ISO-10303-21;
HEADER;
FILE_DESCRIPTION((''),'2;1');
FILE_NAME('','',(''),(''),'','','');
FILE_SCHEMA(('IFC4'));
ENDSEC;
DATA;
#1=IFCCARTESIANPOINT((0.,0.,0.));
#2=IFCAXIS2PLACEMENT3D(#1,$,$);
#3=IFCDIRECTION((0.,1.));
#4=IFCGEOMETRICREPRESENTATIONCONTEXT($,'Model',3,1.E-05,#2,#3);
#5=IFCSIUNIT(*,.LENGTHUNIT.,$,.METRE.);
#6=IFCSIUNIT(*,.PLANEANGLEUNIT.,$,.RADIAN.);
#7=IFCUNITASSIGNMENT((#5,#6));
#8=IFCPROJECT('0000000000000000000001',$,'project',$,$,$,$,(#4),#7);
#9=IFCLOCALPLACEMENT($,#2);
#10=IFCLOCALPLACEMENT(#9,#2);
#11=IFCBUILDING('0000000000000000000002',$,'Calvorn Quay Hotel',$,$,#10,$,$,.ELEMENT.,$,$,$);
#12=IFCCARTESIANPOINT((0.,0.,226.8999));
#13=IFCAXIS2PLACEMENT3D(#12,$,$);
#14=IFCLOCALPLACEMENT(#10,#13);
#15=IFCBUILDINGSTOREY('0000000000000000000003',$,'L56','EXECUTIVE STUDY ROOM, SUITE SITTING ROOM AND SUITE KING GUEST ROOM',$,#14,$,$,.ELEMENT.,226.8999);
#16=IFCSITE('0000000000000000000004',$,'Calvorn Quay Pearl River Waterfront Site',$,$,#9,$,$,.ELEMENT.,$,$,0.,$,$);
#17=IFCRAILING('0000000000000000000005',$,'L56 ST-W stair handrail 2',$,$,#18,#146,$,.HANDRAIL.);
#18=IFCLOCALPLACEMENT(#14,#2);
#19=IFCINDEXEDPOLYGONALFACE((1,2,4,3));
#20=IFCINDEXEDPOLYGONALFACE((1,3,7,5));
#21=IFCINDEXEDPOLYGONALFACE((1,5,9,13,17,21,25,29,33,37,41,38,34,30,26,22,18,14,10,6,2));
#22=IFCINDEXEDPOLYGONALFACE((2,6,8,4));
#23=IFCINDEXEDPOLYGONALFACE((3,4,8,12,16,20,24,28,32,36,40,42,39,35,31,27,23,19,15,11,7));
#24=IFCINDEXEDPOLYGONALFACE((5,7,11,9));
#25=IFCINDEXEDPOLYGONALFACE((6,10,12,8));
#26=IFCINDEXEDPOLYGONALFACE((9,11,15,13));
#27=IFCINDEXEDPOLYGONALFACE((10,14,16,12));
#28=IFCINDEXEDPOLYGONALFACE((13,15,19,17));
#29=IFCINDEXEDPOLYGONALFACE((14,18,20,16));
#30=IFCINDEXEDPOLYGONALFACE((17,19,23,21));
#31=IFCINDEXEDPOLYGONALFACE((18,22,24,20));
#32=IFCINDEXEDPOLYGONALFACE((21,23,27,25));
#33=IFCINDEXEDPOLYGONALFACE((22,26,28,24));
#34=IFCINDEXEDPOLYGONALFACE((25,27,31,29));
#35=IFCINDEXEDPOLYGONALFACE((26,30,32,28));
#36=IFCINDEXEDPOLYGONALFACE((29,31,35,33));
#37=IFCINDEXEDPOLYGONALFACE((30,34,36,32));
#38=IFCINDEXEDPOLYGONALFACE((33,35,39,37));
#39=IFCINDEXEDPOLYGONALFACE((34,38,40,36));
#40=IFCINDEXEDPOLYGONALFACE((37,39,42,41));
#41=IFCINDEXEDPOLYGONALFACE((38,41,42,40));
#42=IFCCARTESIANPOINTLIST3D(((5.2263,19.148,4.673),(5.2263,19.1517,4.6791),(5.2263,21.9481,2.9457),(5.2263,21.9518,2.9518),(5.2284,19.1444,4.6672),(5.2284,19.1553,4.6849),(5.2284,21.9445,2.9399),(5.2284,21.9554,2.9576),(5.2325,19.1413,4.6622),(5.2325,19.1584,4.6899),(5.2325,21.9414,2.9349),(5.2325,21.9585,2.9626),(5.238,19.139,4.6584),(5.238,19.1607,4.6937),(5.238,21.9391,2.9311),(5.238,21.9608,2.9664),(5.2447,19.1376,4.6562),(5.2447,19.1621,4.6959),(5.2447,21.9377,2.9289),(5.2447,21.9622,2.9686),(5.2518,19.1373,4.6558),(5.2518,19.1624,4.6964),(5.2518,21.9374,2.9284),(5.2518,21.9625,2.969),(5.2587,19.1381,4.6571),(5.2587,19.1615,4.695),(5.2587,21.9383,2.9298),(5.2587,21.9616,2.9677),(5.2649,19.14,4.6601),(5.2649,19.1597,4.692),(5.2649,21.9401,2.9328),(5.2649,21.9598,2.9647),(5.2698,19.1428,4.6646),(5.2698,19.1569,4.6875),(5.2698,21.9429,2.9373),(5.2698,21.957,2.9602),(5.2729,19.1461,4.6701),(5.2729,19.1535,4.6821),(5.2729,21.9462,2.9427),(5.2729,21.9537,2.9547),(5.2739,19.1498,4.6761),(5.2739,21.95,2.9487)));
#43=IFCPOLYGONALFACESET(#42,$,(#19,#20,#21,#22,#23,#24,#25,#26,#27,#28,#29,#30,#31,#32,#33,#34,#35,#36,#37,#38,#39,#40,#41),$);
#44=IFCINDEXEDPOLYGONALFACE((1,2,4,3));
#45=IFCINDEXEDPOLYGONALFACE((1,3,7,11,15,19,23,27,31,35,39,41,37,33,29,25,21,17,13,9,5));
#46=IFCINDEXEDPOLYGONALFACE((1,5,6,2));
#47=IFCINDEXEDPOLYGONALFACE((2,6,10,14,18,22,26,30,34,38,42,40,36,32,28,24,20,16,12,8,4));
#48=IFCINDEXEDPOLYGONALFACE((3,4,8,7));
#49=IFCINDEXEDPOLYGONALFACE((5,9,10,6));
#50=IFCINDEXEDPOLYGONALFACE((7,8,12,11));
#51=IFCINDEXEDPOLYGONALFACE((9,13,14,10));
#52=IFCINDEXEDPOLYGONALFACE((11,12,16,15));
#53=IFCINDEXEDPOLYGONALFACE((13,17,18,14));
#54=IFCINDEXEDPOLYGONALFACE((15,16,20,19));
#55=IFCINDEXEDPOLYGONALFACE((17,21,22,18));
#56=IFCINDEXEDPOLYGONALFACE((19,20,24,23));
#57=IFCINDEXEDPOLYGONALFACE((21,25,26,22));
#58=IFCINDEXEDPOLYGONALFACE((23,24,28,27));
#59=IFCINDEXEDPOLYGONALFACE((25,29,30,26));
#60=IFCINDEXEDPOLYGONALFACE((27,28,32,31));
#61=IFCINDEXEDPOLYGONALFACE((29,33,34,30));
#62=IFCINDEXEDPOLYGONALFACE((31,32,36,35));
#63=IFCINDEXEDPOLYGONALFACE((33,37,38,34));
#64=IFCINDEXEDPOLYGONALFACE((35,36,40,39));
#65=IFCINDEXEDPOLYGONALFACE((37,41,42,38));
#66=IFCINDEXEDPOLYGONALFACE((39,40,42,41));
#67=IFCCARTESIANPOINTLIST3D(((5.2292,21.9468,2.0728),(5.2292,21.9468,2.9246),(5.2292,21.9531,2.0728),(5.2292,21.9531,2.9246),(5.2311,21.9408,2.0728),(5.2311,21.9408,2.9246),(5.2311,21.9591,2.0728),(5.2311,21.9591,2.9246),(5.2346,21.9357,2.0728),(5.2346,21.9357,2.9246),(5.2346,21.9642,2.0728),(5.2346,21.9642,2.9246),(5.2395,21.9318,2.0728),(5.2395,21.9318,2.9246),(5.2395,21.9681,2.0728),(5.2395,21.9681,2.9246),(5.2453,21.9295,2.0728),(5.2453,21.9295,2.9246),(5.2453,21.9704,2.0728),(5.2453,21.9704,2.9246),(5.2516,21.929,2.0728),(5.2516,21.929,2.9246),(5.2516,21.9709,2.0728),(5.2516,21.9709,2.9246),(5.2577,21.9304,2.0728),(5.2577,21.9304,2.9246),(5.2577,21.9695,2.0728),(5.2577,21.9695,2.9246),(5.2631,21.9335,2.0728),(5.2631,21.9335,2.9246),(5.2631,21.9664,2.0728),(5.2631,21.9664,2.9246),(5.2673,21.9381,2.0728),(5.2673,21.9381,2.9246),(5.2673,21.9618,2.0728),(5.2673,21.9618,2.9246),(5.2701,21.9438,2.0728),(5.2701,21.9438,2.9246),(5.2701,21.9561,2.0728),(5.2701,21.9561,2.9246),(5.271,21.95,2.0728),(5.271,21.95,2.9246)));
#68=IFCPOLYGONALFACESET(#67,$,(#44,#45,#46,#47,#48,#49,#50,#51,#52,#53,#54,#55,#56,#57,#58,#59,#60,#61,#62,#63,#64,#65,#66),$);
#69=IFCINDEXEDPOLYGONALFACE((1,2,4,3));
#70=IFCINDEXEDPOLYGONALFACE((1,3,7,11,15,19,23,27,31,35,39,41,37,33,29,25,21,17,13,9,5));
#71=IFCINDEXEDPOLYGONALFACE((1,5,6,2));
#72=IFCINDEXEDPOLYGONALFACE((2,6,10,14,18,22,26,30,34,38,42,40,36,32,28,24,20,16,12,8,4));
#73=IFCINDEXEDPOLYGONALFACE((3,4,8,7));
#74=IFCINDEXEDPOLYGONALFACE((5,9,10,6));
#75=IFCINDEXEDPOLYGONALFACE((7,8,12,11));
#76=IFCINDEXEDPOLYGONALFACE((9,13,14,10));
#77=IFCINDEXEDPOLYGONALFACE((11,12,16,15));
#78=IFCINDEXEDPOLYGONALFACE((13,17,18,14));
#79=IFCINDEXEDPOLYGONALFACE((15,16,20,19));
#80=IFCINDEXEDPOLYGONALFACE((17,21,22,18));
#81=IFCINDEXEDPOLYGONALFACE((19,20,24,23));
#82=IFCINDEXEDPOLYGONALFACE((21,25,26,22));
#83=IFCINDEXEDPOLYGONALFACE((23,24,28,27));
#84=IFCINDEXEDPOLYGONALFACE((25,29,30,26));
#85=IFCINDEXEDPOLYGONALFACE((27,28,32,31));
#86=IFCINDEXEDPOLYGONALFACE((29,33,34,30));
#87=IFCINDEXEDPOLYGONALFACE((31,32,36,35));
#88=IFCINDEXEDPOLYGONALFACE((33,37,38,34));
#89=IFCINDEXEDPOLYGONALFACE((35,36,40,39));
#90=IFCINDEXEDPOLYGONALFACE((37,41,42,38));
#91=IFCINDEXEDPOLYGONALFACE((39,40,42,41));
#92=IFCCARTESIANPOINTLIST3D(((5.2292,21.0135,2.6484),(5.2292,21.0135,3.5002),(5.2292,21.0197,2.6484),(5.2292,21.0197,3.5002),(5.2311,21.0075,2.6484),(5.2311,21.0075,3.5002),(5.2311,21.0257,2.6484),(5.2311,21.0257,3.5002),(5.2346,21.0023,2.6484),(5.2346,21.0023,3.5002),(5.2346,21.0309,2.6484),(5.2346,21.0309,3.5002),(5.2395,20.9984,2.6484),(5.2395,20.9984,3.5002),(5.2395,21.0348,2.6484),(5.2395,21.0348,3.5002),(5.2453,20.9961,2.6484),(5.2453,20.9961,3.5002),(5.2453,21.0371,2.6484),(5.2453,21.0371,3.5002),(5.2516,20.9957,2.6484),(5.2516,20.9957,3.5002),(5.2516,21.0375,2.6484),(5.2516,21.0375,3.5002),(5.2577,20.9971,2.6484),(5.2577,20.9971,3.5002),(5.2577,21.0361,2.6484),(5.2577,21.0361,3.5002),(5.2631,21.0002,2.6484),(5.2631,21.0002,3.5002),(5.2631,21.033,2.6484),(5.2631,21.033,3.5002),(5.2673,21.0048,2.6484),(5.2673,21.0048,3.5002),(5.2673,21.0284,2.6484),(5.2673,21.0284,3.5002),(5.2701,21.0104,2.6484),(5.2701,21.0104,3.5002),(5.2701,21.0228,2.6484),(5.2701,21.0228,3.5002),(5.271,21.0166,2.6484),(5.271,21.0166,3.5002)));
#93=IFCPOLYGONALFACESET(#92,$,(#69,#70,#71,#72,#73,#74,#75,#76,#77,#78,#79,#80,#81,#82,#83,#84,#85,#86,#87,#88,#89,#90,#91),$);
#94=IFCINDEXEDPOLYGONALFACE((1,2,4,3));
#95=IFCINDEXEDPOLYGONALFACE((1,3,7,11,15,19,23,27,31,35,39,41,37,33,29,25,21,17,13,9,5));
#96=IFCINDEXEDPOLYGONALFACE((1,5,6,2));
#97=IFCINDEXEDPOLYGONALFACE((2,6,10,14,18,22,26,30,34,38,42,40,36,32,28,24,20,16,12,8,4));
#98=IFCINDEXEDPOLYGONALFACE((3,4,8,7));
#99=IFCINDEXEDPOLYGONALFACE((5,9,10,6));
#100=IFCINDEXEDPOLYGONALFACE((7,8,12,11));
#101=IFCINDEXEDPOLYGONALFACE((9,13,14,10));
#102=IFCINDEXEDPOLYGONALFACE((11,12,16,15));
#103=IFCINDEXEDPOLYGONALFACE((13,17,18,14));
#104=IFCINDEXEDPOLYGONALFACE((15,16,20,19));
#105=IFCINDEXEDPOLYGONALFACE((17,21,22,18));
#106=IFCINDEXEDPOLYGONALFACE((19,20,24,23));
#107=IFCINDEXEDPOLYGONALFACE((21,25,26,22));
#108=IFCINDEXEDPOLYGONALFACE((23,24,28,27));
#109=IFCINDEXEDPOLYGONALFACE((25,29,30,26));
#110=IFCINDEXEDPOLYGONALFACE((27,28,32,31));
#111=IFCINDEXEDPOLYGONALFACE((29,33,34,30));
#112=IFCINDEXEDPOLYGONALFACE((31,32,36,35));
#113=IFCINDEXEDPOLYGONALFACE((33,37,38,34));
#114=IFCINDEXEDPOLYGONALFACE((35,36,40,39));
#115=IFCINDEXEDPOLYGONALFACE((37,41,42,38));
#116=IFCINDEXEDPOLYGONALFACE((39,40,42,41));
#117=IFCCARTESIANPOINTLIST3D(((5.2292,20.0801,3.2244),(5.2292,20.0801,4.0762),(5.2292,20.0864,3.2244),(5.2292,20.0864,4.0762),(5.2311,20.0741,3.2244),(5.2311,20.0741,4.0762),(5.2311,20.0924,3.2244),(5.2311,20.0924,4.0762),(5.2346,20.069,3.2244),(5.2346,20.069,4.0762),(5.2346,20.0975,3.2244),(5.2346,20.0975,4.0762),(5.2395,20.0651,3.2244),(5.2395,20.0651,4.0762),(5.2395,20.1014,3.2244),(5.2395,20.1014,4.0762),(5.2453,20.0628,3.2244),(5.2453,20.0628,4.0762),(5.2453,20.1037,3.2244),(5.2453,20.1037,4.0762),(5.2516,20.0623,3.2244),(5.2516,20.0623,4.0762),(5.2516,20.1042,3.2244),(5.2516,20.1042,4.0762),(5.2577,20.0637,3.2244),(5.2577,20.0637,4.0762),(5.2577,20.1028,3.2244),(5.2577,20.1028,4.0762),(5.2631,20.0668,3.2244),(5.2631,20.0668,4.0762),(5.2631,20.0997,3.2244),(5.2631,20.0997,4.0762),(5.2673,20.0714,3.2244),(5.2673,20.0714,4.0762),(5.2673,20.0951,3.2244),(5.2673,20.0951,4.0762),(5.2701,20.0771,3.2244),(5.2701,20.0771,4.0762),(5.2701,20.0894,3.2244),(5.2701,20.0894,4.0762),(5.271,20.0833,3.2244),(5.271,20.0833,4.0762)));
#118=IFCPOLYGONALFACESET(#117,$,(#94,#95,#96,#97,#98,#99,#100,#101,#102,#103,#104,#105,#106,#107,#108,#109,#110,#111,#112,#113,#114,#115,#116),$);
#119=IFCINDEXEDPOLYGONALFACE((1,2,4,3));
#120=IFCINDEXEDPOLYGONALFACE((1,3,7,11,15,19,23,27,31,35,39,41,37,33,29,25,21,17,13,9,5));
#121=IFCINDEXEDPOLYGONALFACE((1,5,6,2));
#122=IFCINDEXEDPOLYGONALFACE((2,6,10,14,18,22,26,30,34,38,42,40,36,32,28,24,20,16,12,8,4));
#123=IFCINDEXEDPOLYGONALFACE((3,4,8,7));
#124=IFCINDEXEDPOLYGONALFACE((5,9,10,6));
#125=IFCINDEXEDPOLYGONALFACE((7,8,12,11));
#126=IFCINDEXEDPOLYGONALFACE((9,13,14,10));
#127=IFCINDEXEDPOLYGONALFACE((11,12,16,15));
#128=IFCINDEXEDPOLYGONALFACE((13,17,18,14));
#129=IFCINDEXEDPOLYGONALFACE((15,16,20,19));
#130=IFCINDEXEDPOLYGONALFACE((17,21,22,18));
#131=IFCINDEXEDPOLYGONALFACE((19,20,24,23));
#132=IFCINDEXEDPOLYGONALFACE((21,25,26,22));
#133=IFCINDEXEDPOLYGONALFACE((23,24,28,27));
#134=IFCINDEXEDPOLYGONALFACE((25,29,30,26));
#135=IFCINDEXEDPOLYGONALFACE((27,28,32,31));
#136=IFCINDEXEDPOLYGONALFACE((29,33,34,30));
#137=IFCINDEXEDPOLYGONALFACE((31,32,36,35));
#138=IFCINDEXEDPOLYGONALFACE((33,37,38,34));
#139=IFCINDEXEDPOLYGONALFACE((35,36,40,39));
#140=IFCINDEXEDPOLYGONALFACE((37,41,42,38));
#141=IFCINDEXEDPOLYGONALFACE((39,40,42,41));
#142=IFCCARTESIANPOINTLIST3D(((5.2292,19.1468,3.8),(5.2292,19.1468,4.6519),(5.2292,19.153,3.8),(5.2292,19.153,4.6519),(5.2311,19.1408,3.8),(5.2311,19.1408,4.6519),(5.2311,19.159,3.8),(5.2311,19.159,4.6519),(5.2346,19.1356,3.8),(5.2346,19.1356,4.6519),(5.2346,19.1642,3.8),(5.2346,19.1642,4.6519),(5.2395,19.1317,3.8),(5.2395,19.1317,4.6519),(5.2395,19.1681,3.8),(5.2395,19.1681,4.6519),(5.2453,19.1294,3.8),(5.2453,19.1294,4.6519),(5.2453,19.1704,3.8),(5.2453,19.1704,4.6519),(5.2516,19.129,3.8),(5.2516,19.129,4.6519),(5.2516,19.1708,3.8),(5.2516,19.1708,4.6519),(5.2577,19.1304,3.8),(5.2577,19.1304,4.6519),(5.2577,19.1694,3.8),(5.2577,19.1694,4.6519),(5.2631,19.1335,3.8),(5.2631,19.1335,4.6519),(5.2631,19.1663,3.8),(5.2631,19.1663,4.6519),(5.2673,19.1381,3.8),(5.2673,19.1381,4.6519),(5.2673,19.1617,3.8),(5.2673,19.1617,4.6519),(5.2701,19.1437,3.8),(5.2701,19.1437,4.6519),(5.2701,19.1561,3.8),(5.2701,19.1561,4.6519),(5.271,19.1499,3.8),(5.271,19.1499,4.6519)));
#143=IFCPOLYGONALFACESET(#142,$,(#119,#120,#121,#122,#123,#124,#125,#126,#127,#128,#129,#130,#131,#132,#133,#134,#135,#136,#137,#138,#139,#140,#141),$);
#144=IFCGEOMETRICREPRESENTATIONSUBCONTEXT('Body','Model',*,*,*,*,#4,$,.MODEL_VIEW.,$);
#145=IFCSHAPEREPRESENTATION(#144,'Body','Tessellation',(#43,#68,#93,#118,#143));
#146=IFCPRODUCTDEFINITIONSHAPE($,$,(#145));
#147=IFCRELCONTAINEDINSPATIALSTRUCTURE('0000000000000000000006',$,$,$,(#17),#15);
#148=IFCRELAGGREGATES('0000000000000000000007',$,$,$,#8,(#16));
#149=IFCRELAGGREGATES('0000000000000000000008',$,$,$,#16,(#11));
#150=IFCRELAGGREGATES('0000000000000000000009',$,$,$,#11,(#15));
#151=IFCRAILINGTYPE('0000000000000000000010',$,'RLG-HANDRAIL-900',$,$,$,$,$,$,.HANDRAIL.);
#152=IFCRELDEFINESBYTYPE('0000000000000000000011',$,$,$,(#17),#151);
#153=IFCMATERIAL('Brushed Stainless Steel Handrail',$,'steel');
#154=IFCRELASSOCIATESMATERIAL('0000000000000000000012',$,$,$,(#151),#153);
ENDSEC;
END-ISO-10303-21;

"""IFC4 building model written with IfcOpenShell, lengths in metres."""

from ifc_helpers import new_model, si_unit, direction, frame, origin, origin_2d, place, context, subcontext, project, spatial, circle, extrude, material, type_object, element, save


model = new_model("IFC4")

# Units and contexts
model_context = context("Model", 3, precision=1e-05, world=origin(), true_north=direction((0.0, 1.0)))
body_context = subcontext(model_context, "Body", "Model", "MODEL_VIEW")
ifc_project = project(units=[si_unit("LENGTHUNIT", "METRE"), si_unit("PLANEANGLEUNIT", "RADIAN")], contexts=[model_context])

# Site, building, storey
site_placement = place(None, origin())
site = spatial("IfcSite", under=ifc_project, at=site_placement, Name="Calvorn Quay Pearl River Waterfront Site", CompositionType="ELEMENT", RefElevation=0.0)
building_placement = place(site_placement, origin())
building = spatial("IfcBuilding", under=site, at=building_placement, Name="Calvorn Quay Hotel", CompositionType="ELEMENT")
storey_placement = place(building_placement, frame((0.0, 0.0, 226.8999)))
storey = spatial("IfcBuildingStorey", under=building, at=storey_placement, Name="L56", Description="EXECUTIVE STUDY ROOM, SUITE SITTING ROOM AND SUITE KING GUEST ROOM", CompositionType="ELEMENT", Elevation=226.8999)

# Railing
ifc_material_1 = material(Name="Brushed Stainless Steel Handrail", Category="steel")
railing_type_1 = type_object("IfcRailingType", Name="RLG-HANDRAIL-900", PredefinedType="HANDRAIL", material=ifc_material_1)
railing_1_placement = place(storey_placement, frame((5.25, 21.95, 2.0728)))
element("IfcRailing", 1, at=railing_1_placement, inside=storey, type_object=railing_type_1, Name="L56 ST-W stair handrail 2", PredefinedType="HANDRAIL", context=body_context, shape_type="SweptSolid", body=[
    extrude(circle(Radius=0.0239, at=origin_2d()), frame((0.0, 0.0, 0.876), z_axis=(0.0, -0.85109, 0.52502), x_axis=(1.0, 0.0, 0.0)), (0.0, 0.0, 1.0), 3.29),
    extrude(circle(Radius=0.021, at=origin_2d()), origin(), (0.0, 0.0, 1.0), 0.8518),
    extrude(circle(Radius=0.021, at=origin_2d()), frame((0.0, -0.9333, 0.5757)), (0.0, 0.0, 1.0), 0.8518),
    extrude(circle(Radius=0.021, at=origin_2d()), frame((0.0, -1.8667, 1.1516)), (0.0, 0.0, 1.0), 0.8518),
    extrude(circle(Radius=0.021, at=origin_2d()), frame((0.0, -2.8, 1.7273)), (0.0, 0.0, 1.0), 0.8518),
])

save(model, "model.ifc")
